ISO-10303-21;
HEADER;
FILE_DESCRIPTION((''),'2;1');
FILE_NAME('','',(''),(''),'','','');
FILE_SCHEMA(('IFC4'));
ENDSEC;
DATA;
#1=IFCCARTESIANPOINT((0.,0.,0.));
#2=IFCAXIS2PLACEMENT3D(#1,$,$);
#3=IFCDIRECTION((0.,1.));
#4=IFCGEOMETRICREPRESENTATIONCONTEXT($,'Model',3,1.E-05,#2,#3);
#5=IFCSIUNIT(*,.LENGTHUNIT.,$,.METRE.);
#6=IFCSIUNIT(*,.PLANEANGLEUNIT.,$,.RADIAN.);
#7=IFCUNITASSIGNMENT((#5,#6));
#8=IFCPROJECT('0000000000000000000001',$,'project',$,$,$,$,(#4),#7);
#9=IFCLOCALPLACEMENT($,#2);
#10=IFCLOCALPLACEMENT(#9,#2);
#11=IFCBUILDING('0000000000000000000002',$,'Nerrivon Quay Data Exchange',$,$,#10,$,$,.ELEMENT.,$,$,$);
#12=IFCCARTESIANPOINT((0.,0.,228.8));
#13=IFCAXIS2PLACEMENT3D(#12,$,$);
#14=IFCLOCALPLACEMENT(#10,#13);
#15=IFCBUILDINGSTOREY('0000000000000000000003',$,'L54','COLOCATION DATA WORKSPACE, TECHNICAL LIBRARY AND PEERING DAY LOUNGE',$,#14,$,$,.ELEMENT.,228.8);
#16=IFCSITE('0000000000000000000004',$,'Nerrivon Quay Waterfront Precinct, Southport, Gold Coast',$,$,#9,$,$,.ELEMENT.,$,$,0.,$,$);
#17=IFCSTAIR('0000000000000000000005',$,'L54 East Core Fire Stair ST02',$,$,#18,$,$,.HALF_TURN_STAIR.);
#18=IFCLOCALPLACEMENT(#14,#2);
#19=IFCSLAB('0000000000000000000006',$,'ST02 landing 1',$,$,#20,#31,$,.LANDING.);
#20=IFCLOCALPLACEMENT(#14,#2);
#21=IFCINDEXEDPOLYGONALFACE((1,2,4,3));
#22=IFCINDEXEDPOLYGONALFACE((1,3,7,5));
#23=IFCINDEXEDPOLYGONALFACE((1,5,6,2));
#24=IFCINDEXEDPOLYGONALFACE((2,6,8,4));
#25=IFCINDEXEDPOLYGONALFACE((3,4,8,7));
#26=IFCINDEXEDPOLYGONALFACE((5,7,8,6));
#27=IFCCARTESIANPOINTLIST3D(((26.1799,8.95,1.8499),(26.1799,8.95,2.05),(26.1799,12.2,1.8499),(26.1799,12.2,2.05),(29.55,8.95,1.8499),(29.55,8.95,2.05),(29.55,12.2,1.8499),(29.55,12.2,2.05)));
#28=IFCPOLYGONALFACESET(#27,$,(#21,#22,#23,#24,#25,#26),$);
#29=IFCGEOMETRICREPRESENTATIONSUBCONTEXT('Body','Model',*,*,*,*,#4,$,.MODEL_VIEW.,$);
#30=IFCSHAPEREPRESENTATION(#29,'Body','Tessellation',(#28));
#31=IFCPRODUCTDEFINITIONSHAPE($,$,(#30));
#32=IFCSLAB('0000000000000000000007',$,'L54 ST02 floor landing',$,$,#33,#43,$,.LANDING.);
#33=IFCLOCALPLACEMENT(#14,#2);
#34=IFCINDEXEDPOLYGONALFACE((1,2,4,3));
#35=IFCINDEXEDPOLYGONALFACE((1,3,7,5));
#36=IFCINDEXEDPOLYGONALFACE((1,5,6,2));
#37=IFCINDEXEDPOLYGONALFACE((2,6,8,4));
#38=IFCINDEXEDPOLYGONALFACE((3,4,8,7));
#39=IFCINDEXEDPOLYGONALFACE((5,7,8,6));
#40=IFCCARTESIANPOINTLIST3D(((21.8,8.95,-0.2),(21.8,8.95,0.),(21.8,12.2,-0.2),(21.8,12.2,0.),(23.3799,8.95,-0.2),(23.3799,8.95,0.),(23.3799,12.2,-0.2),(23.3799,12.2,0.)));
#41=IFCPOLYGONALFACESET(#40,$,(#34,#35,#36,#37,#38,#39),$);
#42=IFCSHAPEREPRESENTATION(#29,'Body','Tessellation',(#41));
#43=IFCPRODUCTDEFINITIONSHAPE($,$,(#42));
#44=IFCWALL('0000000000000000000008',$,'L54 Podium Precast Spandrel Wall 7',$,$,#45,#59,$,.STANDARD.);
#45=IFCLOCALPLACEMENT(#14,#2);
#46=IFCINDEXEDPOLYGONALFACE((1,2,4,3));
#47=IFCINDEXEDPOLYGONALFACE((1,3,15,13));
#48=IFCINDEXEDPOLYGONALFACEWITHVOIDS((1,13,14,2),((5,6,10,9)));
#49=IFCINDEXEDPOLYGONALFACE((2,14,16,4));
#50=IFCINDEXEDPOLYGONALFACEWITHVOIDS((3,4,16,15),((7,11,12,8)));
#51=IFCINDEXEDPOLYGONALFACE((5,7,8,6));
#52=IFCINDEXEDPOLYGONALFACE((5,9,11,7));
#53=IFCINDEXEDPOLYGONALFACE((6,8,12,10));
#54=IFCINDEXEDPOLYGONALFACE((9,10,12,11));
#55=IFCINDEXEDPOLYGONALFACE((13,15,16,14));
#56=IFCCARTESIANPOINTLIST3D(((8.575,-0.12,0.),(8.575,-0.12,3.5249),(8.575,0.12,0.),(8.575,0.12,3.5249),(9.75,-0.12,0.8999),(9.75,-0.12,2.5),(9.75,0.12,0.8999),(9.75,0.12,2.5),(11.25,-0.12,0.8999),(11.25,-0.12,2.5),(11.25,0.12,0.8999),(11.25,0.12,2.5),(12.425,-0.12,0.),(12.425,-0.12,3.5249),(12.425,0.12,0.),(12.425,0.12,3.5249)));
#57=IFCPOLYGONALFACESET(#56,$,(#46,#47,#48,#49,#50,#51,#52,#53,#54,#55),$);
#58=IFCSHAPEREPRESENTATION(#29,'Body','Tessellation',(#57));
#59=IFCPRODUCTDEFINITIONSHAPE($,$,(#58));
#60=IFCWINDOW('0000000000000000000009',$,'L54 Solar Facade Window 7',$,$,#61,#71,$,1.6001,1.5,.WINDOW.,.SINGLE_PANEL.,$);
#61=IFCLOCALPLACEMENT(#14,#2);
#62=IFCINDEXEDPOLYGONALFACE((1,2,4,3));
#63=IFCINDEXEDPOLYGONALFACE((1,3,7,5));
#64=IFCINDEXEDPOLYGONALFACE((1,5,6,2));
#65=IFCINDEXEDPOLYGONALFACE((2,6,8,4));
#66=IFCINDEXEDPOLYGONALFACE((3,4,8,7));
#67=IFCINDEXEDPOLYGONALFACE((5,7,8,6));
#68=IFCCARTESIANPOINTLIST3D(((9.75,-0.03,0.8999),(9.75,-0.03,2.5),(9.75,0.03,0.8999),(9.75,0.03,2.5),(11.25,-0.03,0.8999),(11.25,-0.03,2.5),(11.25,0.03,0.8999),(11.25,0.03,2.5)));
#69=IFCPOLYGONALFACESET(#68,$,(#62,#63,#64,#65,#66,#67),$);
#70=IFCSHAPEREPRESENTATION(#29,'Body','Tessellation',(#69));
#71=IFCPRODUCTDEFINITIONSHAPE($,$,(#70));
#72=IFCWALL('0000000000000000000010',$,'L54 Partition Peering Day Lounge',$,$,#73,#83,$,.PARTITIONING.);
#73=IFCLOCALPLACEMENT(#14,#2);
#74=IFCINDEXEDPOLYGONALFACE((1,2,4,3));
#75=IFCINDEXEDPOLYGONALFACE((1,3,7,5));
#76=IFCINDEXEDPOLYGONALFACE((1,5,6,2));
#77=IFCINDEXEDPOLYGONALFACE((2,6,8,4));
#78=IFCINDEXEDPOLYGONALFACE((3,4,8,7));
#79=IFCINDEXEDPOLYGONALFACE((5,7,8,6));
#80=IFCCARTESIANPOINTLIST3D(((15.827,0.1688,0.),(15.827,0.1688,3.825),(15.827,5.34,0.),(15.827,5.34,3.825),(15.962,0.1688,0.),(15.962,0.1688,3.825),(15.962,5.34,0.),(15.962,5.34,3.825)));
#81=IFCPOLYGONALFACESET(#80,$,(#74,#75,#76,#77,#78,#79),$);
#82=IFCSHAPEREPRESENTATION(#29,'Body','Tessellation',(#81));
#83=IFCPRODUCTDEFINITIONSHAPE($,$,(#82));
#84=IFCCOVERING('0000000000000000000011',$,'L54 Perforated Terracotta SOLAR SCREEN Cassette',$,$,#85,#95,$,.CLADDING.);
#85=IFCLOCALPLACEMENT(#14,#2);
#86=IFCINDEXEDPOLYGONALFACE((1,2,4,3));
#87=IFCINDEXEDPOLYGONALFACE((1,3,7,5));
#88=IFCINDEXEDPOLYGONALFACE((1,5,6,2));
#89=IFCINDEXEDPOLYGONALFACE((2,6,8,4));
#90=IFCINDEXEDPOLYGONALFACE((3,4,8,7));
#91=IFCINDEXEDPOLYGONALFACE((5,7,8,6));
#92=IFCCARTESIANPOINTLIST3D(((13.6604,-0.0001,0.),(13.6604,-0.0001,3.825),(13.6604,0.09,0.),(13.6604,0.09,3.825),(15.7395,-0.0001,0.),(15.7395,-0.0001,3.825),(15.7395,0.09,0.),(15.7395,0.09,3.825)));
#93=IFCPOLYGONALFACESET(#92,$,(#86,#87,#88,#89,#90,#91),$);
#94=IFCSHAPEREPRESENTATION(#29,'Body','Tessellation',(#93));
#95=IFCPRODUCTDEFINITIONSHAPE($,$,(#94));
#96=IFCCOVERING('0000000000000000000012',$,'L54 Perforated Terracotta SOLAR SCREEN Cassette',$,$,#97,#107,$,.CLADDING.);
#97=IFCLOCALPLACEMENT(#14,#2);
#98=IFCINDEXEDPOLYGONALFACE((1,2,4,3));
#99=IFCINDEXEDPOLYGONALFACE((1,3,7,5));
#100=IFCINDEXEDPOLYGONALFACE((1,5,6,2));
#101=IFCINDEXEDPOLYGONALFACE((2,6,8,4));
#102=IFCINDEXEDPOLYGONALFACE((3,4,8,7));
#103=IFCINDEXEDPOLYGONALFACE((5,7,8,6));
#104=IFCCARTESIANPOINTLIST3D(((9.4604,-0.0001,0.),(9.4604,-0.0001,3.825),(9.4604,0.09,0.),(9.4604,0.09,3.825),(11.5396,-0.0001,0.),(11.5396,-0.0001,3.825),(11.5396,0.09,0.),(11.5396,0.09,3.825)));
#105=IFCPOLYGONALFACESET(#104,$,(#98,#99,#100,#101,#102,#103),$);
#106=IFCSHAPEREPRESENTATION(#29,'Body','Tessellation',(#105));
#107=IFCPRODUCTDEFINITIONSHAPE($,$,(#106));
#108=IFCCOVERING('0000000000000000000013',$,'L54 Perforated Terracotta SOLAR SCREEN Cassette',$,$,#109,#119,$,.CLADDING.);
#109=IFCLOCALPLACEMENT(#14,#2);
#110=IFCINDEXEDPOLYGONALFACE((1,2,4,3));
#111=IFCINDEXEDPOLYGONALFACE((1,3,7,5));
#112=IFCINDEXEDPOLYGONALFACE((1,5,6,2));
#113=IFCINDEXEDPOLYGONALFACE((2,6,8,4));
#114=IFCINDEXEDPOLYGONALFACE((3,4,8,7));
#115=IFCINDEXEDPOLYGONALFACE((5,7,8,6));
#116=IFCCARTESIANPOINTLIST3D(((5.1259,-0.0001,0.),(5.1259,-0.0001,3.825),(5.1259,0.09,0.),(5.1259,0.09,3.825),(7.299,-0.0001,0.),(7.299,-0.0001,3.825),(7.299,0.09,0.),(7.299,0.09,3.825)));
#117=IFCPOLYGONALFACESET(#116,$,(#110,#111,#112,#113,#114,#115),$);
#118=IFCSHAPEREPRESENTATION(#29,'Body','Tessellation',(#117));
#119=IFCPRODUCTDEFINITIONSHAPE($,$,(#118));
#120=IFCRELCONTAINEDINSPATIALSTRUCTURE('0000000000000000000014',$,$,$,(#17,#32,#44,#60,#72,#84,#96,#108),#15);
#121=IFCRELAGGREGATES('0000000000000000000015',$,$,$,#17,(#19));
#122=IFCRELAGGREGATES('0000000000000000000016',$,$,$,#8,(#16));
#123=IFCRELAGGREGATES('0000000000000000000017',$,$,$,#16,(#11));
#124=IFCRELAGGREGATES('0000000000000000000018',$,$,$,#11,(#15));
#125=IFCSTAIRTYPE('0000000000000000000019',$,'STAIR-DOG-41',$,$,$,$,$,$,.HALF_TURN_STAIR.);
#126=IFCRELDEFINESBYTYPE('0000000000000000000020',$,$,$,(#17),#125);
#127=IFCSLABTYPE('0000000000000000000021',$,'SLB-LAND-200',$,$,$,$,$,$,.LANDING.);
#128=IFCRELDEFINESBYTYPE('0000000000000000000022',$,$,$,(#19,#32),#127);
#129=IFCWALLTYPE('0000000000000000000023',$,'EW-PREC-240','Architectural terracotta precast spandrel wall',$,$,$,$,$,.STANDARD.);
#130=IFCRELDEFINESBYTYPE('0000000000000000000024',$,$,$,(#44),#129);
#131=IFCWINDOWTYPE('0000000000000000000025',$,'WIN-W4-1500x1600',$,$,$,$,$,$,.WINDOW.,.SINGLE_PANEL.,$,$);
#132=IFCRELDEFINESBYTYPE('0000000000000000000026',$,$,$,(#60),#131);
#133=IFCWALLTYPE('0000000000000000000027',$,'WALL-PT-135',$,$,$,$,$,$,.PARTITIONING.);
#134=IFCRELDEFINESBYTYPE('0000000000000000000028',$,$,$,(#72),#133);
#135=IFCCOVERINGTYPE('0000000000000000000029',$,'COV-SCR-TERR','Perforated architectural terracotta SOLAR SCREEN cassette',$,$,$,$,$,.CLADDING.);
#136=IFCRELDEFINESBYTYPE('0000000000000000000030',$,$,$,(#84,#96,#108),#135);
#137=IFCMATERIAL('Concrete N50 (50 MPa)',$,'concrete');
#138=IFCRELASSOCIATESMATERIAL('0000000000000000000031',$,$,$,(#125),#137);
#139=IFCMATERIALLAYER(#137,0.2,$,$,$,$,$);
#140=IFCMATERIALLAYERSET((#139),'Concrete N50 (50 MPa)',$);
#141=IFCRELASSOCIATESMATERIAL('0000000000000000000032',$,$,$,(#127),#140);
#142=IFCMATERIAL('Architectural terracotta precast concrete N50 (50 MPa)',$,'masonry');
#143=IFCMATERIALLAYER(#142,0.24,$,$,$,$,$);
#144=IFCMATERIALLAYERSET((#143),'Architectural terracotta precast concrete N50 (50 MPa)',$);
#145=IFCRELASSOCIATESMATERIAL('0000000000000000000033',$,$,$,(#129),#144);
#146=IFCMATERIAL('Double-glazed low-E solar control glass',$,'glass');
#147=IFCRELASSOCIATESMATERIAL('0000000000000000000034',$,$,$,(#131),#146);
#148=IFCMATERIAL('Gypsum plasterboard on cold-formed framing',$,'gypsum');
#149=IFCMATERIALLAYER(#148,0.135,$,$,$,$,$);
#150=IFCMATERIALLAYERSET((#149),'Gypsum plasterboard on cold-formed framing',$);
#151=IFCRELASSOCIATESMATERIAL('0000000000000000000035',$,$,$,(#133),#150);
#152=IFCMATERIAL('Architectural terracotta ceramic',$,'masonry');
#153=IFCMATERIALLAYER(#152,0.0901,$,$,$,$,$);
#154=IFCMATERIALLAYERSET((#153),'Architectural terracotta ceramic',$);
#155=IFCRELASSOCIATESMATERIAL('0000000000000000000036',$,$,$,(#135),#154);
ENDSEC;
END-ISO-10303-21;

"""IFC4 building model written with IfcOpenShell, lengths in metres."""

from ifc_helpers import new_model, si_unit, direction, frame, frame_2d, origin, origin_2d, place, context, subcontext, project, spatial, polyline, rectangle, outline, extrude, material, layer, layer_set, type_object, element, fill, aggregate, save


model = new_model("IFC4")

# Units and contexts
model_context = context("Model", 3, precision=1e-05, world=origin(), true_north=direction((0.0, 1.0)))
body_context = subcontext(model_context, "Body", "Model", "MODEL_VIEW")
ifc_project = project(units=[si_unit("LENGTHUNIT", "METRE"), si_unit("PLANEANGLEUNIT", "RADIAN")], contexts=[model_context])

# Site, building, storey
site_placement = place(None, origin())
site = spatial("IfcSite", under=ifc_project, at=site_placement, Name="Nerrivon Quay Waterfront Precinct, Southport, Gold Coast", CompositionType="ELEMENT", RefElevation=0.0)
building_placement = place(site_placement, origin())
building = spatial("IfcBuilding", under=site, at=building_placement, Name="Nerrivon Quay Data Exchange", CompositionType="ELEMENT")
storey_placement = place(building_placement, frame((0.0, 0.0, 228.8)))
storey = spatial("IfcBuildingStorey", under=building, at=storey_placement, Name="L54", Description="COLOCATION DATA WORKSPACE, TECHNICAL LIBRARY AND PEERING DAY LOUNGE", CompositionType="ELEMENT", Elevation=228.8)

# Shared definitions
ifc_material_1 = material(Name="Double-glazed low-E solar control glass", Category="glass")

# Shared definitions
ifc_material_2 = material(Name="Concrete N50 (50 MPa)", Category="concrete")
stair_type = type_object("IfcStairType", Name="STAIR-DOG-41", PredefinedType="HALF_TURN_STAIR", material=ifc_material_2)
ifc_layer_1 = layer(ifc_material_2, 0.2)
ifc_layer_set_1 = layer_set([ifc_layer_1], Name="Concrete N50 (50 MPa)")
slab_type = type_object("IfcSlabType", Name="SLB-LAND-200", PredefinedType="LANDING", material=ifc_layer_set_1)

# Stair, slab
stair_1_placement = place(storey_placement, origin())
stair_1 = element("IfcStair", 1, at=stair_1_placement, inside=storey, type_object=stair_type, Name="L54 East Core Fire Stair ST02", PredefinedType="HALF_TURN_STAIR")
slab_1_placement = place(storey_placement, frame((0.0, 0.0, 1.8499)))
slab_1 = element("IfcSlab", 2, at=slab_1_placement, type_object=slab_type, Name="ST02 landing 1", PredefinedType="LANDING", context=body_context, shape_type="SweptSolid", body=[
    extrude(outline(polyline([(26.1799, 8.95), (29.55, 8.95), (29.55, 12.2), (26.1799, 12.2), (26.1799, 8.95)])), origin(), (0.0, 0.0, 1.0), 0.2002),
])
aggregate(stair_1, [slab_1])

# Slab
slab_2_placement = place(storey_placement, frame((0.0, 0.0, -0.2)))
element("IfcSlab", 3, at=slab_2_placement, inside=storey, type_object=slab_type, Name="L54 ST02 floor landing", PredefinedType="LANDING", context=body_context, shape_type="SweptSolid", body=[
    extrude(outline(polyline([(21.8, 8.95), (23.3799, 8.95), (23.3799, 12.2), (21.8, 12.2), (21.8, 8.95)])), origin(), (0.0, 0.0, 1.0), 0.2),
])

# Wall, opening, window
ifc_material_3 = material(Name="Architectural terracotta precast concrete N50 (50 MPa)", Category="masonry")
ifc_layer_2 = layer(ifc_material_3, 0.24)
ifc_layer_set_2 = layer_set([ifc_layer_2], Name="Architectural terracotta precast concrete N50 (50 MPa)")
wall_type_1 = type_object("IfcWallType", Name="EW-PREC-240", Description="Architectural terracotta precast spandrel wall", PredefinedType="STANDARD", material=ifc_layer_set_2)
wall_1_placement = place(storey_placement, frame((12.425, 0.0, 0.0), z_axis=(0.0, 0.0, 1.0), x_axis=(-1.0, 0.0, 0.0)))
wall_1 = element("IfcWall", 4, at=wall_1_placement, inside=storey, type_object=wall_type_1, Name="L54 Podium Precast Spandrel Wall 7", PredefinedType="STANDARD", context=body_context, shape_type="SweptSolid", body=[
    extrude(rectangle(XDim=3.8501, YDim=0.24, at=frame_2d((1.925, 0.0))), origin(), (0.0, 0.0, 1.0), 3.5249),
])
opening_placement = place(wall_1_placement, frame((1.175, 0.0, 0.8999)))
opening = element("IfcOpeningElement", 5, at=opening_placement, cuts=wall_1, PredefinedType="OPENING", context=body_context, shape_type="SweptSolid", body=[
    extrude(rectangle(XDim=1.5, YDim=1.6001, at=frame_2d((0.75, 0.8))), frame((0.0, 0.1299, 0.0), z_axis=(0.0, -1.0, 0.0), x_axis=(1.0, 0.0, 0.0)), (0.0, 0.0, 1.0), 0.26),
])
window_type = type_object("IfcWindowType", Name="WIN-W4-1500x1600", PartitioningType="SINGLE_PANEL", PredefinedType="WINDOW", material=ifc_material_1)
window_placement = place(opening_placement, origin())
window = element("IfcWindow", 6, at=window_placement, inside=storey, type_object=window_type, Name="L54 Solar Facade Window 7", OverallHeight=1.6001, OverallWidth=1.5, PartitioningType="SINGLE_PANEL", PredefinedType="WINDOW", context=body_context, shape_type="SweptSolid", body=[
    extrude(rectangle(XDim=1.5, YDim=1.6001, at=frame_2d((0.75, 0.8))), frame((0.0, 0.03, 0.0), z_axis=(0.0, -1.0, 0.0), x_axis=(1.0, 0.0, 0.0)), (0.0, 0.0, 1.0), 0.0601),
])
fill(opening, window)

# Wall
ifc_material_4 = material(Name="Gypsum plasterboard on cold-formed framing", Category="gypsum")
ifc_layer_3 = layer(ifc_material_4, 0.135)
ifc_layer_set_3 = layer_set([ifc_layer_3], Name="Gypsum plasterboard on cold-formed framing")
wall_type_2 = type_object("IfcWallType", Name="WALL-PT-135", PredefinedType="PARTITIONING", material=ifc_layer_set_3)
wall_2_placement = place(storey_placement, frame((15.8945, 0.1689, 0.0), z_axis=(0.0, 0.0, 1.0), x_axis=(0.0, 1.0, 0.0)))
element("IfcWall", 7, at=wall_2_placement, inside=storey, type_object=wall_type_2, Name="L54 Partition Peering Day Lounge", PredefinedType="PARTITIONING", context=body_context, shape_type="SweptSolid", body=[
    extrude(rectangle(XDim=5.1711, YDim=0.135, at=frame_2d((2.5854, 0.0))), origin(), (0.0, 0.0, 1.0), 3.825),
])

# Coverings
ifc_material_5 = material(Name="Architectural terracotta ceramic", Category="masonry")
ifc_layer_4 = layer(ifc_material_5, 0.0901)
ifc_layer_set_4 = layer_set([ifc_layer_4], Name="Architectural terracotta ceramic")
covering_type = type_object("IfcCoveringType", Name="COV-SCR-TERR", Description="Perforated architectural terracotta SOLAR SCREEN cassette", PredefinedType="CLADDING", material=ifc_layer_set_4)
for number, where, z_axis, x_axis, name in (
    (8, (14.7, 0.0449, 0.0), (0.0, 0.0, 1.0), (-1.0, 0.0, 0.0), "L54 Perforated Terracotta SOLAR SCREEN Cassette"),
    (9, (10.5, 0.0449, 0.0), (0.0, 0.0, 1.0), (-1.0, 0.0, 0.0), "L54 Perforated Terracotta SOLAR SCREEN Cassette"),
):
    element("IfcCovering", number, at=place(storey_placement, frame(where, z_axis=z_axis, x_axis=x_axis)), inside=storey, type_object=covering_type, Name=name, PredefinedType="CLADDING", context=body_context, shape_type="SweptSolid", body=[
        extrude(rectangle(XDim=2.0791, YDim=0.0901, at=origin_2d()), origin(), (0.0, 0.0, 1.0), 3.825),
    ])
covering_placement = place(storey_placement, frame((6.2124, 0.0449, 0.0), z_axis=(0.0, 0.0, 1.0), x_axis=(-1.0, 0.0, 0.0)))
element("IfcCovering", 10, at=covering_placement, inside=storey, type_object=covering_type, Name="L54 Perforated Terracotta SOLAR SCREEN Cassette", PredefinedType="CLADDING", context=body_context, shape_type="SweptSolid", body=[
    extrude(rectangle(XDim=2.1731, YDim=0.0901, at=origin_2d()), origin(), (0.0, 0.0, 1.0), 3.825),
])

save(model, "model.ifc")
